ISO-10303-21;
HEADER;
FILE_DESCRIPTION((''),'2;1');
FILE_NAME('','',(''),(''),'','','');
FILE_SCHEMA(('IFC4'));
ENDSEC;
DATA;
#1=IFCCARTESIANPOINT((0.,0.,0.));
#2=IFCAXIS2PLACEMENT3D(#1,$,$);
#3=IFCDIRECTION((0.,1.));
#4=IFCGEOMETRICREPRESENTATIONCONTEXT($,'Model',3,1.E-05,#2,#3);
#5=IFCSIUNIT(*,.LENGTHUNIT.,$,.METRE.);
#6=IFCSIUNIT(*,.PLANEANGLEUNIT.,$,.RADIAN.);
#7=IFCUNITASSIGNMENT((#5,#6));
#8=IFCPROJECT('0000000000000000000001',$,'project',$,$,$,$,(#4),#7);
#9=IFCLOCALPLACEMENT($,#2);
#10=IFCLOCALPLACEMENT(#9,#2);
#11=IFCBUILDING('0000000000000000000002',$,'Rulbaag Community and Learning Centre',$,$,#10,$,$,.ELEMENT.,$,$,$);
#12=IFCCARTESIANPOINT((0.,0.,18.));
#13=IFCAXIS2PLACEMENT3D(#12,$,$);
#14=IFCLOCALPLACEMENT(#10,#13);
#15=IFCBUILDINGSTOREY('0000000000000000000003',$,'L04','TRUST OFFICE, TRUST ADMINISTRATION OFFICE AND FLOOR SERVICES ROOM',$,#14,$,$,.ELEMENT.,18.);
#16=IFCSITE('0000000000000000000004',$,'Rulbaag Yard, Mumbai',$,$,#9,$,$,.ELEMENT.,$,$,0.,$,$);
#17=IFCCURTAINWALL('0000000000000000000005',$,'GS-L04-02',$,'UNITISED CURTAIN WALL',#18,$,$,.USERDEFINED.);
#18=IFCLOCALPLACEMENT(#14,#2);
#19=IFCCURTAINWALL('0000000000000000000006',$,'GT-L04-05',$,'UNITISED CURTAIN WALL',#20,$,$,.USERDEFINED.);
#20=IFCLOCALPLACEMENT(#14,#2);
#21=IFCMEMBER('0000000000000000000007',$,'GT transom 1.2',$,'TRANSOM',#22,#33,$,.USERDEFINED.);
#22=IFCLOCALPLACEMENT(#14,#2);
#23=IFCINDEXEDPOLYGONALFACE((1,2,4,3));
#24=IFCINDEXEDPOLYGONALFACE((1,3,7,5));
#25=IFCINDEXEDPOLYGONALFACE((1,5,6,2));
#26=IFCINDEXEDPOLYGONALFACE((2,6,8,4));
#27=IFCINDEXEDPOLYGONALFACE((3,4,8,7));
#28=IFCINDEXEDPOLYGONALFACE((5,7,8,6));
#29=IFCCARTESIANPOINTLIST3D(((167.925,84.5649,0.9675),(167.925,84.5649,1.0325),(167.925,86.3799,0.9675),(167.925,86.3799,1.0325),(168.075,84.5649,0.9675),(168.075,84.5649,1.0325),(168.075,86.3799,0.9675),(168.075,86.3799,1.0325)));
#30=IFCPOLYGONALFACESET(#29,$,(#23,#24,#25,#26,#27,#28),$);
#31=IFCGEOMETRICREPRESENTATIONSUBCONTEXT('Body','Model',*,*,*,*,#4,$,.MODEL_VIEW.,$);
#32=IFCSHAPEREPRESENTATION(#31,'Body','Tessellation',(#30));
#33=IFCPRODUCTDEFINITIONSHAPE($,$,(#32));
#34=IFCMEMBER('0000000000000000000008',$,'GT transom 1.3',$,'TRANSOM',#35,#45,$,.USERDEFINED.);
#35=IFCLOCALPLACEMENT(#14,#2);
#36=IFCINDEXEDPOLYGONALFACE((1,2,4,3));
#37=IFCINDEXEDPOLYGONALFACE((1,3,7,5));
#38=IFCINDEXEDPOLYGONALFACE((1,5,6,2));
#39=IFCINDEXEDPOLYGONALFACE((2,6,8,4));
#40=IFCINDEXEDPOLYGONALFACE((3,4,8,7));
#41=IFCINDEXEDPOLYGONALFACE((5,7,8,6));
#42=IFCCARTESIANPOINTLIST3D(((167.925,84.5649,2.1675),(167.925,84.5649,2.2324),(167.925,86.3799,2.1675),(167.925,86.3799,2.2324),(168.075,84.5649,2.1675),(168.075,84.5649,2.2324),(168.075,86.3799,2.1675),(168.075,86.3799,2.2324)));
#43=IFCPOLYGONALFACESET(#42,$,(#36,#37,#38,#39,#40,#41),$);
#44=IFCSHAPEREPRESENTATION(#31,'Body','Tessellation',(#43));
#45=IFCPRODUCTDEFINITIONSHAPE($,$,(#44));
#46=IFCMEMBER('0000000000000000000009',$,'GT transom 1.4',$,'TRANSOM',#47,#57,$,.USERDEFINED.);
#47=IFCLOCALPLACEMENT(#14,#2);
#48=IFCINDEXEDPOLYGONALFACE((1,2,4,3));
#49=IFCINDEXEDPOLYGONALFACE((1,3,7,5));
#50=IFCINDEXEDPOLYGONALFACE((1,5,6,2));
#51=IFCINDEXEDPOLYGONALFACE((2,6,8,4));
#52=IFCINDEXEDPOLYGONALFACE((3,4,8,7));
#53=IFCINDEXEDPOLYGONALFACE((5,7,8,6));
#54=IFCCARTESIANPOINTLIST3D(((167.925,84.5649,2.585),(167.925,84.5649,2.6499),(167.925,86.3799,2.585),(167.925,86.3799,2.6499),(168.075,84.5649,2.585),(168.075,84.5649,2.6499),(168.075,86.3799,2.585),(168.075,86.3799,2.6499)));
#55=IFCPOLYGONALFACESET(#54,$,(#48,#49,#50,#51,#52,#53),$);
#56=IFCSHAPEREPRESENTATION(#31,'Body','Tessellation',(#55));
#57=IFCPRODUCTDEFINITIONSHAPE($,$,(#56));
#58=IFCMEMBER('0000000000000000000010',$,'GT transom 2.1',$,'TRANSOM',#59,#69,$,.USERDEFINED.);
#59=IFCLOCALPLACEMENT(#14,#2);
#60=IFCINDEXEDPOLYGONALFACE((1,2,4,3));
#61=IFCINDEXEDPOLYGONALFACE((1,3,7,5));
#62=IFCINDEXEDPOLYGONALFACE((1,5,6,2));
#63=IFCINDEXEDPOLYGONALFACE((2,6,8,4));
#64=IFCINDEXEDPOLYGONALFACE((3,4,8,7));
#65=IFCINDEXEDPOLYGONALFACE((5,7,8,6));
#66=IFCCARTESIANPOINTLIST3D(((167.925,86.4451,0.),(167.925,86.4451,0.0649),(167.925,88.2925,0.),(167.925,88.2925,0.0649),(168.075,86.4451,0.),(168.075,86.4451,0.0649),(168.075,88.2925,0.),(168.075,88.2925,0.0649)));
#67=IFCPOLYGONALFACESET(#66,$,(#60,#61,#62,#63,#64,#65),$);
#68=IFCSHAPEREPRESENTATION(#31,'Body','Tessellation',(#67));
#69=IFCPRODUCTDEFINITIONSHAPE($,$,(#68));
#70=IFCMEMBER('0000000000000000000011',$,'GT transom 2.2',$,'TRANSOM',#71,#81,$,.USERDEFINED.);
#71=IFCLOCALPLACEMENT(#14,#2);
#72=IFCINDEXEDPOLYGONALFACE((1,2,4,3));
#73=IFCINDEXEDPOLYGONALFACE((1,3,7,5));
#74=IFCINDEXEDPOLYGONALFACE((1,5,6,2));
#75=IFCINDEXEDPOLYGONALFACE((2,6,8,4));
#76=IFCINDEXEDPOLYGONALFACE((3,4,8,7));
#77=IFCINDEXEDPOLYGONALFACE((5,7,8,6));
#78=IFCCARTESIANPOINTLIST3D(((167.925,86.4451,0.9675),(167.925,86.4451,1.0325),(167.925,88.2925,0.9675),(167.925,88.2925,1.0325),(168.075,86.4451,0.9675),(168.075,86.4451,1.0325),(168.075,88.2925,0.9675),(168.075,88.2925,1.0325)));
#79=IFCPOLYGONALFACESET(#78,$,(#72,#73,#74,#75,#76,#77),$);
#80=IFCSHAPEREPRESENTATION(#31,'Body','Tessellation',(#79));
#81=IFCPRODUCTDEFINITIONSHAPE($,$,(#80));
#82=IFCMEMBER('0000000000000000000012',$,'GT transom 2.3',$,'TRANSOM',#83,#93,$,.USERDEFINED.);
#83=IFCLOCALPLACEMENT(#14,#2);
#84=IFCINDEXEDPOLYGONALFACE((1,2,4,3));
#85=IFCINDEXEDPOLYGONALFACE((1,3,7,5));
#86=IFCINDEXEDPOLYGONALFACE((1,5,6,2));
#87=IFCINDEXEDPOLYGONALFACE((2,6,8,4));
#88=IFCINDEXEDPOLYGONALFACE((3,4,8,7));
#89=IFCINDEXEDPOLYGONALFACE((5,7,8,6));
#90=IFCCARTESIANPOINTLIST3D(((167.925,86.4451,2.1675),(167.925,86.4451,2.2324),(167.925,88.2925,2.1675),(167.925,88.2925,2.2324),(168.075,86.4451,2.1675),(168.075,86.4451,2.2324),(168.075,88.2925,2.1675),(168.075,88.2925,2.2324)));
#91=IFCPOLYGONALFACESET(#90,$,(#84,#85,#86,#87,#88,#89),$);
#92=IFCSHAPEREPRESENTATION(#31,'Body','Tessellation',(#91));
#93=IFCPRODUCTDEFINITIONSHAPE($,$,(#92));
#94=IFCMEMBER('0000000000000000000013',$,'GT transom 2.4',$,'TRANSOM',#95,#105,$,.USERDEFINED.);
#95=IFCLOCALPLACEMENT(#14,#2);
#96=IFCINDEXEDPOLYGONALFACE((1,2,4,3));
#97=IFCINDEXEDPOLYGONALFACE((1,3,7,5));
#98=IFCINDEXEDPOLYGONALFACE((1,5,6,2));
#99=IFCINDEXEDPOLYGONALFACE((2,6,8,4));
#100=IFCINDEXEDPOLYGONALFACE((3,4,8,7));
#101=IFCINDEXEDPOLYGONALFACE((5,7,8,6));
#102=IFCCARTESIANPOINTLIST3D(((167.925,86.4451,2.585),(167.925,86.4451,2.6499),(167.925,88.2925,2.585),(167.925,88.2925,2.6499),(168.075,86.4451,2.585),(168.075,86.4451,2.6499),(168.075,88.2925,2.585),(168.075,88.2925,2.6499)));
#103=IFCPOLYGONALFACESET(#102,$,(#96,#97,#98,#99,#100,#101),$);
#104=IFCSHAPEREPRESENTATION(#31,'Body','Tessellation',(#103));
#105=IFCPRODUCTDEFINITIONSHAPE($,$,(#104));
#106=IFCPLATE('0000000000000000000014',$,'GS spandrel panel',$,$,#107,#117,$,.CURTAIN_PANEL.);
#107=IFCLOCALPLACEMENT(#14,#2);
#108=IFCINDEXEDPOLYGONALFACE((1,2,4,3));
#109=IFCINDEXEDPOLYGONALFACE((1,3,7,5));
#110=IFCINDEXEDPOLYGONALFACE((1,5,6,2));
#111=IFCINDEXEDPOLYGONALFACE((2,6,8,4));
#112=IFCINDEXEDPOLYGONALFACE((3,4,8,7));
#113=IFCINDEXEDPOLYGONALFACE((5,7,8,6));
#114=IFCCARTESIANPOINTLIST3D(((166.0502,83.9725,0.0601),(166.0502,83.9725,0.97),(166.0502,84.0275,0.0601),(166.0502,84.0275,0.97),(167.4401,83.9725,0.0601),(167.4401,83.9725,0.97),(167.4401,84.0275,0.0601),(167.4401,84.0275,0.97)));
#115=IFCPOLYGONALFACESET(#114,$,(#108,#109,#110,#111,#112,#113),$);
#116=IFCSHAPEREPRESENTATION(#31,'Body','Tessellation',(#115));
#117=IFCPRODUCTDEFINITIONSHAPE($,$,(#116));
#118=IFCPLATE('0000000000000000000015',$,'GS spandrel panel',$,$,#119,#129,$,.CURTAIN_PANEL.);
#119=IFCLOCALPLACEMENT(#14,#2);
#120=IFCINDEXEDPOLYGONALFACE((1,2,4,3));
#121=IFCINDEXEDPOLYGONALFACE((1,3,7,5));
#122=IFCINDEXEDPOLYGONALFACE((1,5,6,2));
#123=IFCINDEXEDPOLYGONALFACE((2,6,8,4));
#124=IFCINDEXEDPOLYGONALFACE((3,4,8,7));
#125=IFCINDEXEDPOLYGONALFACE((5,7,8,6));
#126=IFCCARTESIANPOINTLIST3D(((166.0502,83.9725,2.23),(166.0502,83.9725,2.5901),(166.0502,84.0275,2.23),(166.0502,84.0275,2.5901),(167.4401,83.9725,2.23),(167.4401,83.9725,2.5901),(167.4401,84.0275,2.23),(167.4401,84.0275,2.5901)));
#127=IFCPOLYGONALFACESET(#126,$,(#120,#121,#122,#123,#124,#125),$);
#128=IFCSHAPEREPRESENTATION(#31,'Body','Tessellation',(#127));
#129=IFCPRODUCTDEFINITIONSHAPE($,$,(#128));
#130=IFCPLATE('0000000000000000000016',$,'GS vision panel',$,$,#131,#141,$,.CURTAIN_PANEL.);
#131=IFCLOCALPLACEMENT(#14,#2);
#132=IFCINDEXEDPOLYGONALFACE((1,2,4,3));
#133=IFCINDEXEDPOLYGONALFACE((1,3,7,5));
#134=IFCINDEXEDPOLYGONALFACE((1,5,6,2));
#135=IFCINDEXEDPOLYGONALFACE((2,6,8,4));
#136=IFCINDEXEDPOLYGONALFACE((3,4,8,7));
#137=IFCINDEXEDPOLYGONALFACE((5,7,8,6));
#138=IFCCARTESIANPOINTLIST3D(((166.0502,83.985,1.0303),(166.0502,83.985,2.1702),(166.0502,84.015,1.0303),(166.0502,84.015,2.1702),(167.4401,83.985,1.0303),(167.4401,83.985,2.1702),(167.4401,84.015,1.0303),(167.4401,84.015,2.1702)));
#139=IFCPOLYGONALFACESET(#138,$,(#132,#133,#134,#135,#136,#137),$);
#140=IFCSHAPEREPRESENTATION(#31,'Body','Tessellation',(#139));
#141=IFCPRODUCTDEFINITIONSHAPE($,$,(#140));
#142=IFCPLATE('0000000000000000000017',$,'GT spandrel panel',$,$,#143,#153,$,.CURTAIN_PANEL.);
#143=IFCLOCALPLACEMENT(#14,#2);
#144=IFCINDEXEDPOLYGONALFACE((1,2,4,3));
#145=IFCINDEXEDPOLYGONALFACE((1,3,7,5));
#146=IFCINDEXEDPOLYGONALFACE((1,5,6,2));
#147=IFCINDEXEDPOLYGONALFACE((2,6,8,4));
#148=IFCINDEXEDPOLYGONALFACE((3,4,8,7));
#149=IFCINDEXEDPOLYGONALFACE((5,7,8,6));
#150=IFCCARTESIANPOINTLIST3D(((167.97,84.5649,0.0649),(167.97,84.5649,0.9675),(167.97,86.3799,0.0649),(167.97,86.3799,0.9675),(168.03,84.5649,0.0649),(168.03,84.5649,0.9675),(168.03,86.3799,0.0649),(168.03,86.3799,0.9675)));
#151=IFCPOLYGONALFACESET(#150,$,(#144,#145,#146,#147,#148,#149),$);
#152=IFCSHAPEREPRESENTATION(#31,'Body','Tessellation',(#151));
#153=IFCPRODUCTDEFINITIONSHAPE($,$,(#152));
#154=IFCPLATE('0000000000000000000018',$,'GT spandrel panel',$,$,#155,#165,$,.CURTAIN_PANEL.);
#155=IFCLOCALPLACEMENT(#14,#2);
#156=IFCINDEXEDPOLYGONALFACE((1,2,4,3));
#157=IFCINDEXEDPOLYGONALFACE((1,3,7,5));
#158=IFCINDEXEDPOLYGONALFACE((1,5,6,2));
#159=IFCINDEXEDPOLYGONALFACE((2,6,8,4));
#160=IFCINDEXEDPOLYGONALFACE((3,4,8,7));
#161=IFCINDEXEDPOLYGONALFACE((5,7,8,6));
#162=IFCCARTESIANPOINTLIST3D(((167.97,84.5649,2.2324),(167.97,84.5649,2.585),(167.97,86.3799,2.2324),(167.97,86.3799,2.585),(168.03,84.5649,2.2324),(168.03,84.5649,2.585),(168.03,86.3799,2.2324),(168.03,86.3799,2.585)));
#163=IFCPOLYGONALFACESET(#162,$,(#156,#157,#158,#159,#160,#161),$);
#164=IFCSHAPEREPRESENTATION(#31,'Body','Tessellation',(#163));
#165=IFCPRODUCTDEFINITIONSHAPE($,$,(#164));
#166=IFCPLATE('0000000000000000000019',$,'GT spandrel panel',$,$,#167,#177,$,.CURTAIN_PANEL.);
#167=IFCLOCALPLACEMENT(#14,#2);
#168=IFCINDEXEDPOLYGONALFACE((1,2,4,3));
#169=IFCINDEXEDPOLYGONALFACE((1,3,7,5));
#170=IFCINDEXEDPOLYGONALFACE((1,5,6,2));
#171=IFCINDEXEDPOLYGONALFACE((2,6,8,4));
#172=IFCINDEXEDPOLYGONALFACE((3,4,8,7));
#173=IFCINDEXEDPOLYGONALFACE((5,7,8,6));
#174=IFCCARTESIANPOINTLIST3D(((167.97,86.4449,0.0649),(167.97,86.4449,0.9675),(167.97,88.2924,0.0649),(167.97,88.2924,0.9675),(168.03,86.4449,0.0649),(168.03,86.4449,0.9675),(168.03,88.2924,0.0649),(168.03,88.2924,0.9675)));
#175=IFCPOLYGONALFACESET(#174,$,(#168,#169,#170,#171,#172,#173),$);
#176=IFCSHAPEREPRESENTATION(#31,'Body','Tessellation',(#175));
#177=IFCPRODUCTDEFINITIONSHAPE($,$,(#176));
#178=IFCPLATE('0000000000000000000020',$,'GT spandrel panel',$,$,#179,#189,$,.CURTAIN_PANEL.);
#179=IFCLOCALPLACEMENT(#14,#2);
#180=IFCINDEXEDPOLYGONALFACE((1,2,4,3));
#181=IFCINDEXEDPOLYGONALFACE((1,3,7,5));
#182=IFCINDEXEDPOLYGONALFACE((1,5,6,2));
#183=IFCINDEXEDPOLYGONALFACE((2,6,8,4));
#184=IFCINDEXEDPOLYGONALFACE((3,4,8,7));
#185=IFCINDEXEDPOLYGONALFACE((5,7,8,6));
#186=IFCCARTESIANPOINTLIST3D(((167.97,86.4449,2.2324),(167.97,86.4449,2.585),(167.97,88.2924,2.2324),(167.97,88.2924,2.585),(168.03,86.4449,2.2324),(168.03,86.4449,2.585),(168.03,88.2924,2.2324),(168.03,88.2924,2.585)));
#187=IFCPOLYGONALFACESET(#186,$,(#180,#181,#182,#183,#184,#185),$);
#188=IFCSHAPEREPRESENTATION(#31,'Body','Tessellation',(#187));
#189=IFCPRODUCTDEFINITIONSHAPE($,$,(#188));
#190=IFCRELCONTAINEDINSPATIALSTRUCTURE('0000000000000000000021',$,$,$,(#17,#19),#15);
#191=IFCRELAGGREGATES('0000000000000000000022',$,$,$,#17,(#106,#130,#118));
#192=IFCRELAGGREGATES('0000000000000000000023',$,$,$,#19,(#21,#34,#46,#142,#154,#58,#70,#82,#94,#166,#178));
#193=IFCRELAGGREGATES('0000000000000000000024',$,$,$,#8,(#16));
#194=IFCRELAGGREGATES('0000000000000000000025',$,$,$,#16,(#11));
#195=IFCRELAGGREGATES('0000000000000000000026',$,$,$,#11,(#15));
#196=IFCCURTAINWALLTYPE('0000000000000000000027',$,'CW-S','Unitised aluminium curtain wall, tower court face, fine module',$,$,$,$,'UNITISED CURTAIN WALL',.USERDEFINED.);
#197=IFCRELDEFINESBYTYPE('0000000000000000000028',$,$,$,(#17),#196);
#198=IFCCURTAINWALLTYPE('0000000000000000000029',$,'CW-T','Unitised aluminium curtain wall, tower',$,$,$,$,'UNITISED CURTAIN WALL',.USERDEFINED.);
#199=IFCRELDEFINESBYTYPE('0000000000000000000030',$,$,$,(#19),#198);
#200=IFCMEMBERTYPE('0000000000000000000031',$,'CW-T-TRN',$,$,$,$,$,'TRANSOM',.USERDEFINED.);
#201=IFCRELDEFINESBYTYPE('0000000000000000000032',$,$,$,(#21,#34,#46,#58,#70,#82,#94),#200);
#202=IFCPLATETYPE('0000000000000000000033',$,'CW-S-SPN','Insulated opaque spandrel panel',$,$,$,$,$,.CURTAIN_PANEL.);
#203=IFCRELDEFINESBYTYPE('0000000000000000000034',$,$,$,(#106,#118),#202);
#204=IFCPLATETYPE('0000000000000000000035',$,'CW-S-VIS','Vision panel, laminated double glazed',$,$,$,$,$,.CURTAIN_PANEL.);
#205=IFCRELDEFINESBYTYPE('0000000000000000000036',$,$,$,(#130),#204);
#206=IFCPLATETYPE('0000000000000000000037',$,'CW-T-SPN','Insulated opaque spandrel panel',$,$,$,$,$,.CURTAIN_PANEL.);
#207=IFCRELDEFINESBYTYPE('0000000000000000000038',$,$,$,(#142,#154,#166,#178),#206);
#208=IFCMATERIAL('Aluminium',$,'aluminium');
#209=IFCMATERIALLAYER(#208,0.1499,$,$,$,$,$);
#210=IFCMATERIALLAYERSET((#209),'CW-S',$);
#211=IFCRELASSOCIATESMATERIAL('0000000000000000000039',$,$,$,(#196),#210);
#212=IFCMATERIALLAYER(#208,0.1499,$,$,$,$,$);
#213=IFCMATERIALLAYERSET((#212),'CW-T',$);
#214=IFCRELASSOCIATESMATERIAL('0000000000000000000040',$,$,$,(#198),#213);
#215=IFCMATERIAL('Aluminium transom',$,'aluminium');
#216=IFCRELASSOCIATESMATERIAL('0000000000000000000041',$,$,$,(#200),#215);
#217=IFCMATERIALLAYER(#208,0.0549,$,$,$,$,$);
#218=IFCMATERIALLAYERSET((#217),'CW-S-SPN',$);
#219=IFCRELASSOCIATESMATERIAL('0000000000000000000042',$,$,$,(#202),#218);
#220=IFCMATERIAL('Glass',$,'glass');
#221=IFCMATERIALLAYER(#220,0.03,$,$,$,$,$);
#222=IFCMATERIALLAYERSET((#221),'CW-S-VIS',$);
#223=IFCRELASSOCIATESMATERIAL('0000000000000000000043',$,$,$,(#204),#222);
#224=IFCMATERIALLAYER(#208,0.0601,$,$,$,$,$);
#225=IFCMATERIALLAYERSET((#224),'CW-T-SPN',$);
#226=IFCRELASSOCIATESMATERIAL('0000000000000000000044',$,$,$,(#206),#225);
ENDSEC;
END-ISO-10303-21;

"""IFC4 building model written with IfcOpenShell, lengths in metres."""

from ifc_helpers import new_model, si_unit, direction, frame, origin, origin_2d, place, context, subcontext, project, spatial, rectangle, extrude, material, layer, layer_set, material_profile, profile_set, type_object, element, aggregate, save


model = new_model("IFC4")

# Units and contexts
model_context = context("Model", 3, precision=1e-05, world=origin(), true_north=direction((0.0, 1.0)))
body_context = subcontext(model_context, "Body", "Model", "MODEL_VIEW")
ifc_project = project(units=[si_unit("LENGTHUNIT", "METRE"), si_unit("PLANEANGLEUNIT", "RADIAN")], contexts=[model_context])

# Site, building, storey
site_placement = place(None, origin())
site = spatial("IfcSite", under=ifc_project, at=site_placement, Name="Rulbaag Yard, Mumbai", CompositionType="ELEMENT", RefElevation=0.0)
building_placement = place(site_placement, origin())
building = spatial("IfcBuilding", under=site, at=building_placement, Name="Rulbaag Community and Learning Centre", CompositionType="ELEMENT")
storey_placement = place(building_placement, frame((0.0, 0.0, 18.0)))
storey = spatial("IfcBuildingStorey", under=building, at=storey_placement, Name="L04", Description="TRUST OFFICE, TRUST ADMINISTRATION OFFICE AND FLOOR SERVICES ROOM", CompositionType="ELEMENT", Elevation=18.0)

# Curtain walls, members
ifc_material_1 = material(Name="Aluminium", Category="aluminium")
ifc_layer_1 = layer(ifc_material_1, 0.1499)
ifc_layer_set_1 = layer_set([ifc_layer_1], Name="CW-S")
curtain_wall_type_1 = type_object("IfcCurtainWallType", Name="CW-S", Description="Unitised aluminium curtain wall, tower court face, fine module", ElementType="UNITISED CURTAIN WALL", PredefinedType="USERDEFINED", material=ifc_layer_set_1)
curtain_wall_1_placement = place(storey_placement, origin())
curtain_wall_1 = element("IfcCurtainWall", 1, at=curtain_wall_1_placement, inside=storey, type_object=curtain_wall_type_1, Name="GS-L04-02", ObjectType="UNITISED CURTAIN WALL", PredefinedType="USERDEFINED")
ifc_material_2 = material(Name="Aluminium transom", Category="aluminium")
ifc_layer_2 = layer(ifc_material_1, 0.1499)
ifc_layer_set_2 = layer_set([ifc_layer_2], Name="CW-T")
curtain_wall_type_2 = type_object("IfcCurtainWallType", Name="CW-T", Description="Unitised aluminium curtain wall, tower", ElementType="UNITISED CURTAIN WALL", PredefinedType="USERDEFINED", material=ifc_layer_set_2)
curtain_wall_2_placement = place(storey_placement, origin())
curtain_wall_2 = element("IfcCurtainWall", 2, at=curtain_wall_2_placement, inside=storey, type_object=curtain_wall_type_2, Name="GT-L04-05", ObjectType="UNITISED CURTAIN WALL", PredefinedType="USERDEFINED")
ifc_material_profile_1 = material_profile(ifc_material_2, rectangle(XDim=0.1499, YDim=0.0649, at=origin_2d()), Name="AL 65x150 T")
ifc_profile_set_1 = profile_set([ifc_material_profile_1], Name="Aluminium transom")
member_type_1 = type_object("IfcMemberType", Name="CW-T-TRN", ElementType="TRANSOM", PredefinedType="USERDEFINED", material=ifc_profile_set_1)
member_1_placement = place(storey_placement, frame((168.0, 84.5649, 1.0), z_axis=(0.0, 1.0, 0.0), x_axis=(-1.0, 0.0, 0.0)))
member_1 = element("IfcMember", 3, at=member_1_placement, type_object=member_type_1, Name="GT transom 1.2", ObjectType="TRANSOM", PredefinedType="USERDEFINED", context=body_context, shape_type="SweptSolid", body=[
    extrude(rectangle(XDim=0.1499, YDim=0.0649, at=origin_2d()), origin(), (0.0, 0.0, 1.0), 1.8149),
])
member_2_placement = place(storey_placement, frame((168.0, 84.5649, 2.2), z_axis=(0.0, 1.0, 0.0), x_axis=(-1.0, 0.0, 0.0)))
member_2 = element("IfcMember", 4, at=member_2_placement, type_object=member_type_1, Name="GT transom 1.3", ObjectType="TRANSOM", PredefinedType="USERDEFINED", context=body_context, shape_type="SweptSolid", body=[
    extrude(rectangle(XDim=0.1499, YDim=0.0649, at=origin_2d()), origin(), (0.0, 0.0, 1.0), 1.8149),
])
member_3_placement = place(storey_placement, frame((168.0, 84.5649, 2.6174), z_axis=(0.0, 1.0, 0.0), x_axis=(-1.0, 0.0, 0.0)))
member_3 = element("IfcMember", 5, at=member_3_placement, type_object=member_type_1, Name="GT transom 1.4", ObjectType="TRANSOM", PredefinedType="USERDEFINED", context=body_context, shape_type="SweptSolid", body=[
    extrude(rectangle(XDim=0.1499, YDim=0.0649, at=origin_2d()), origin(), (0.0, 0.0, 1.0), 1.8149),
])
member_4_placement = place(storey_placement, frame((168.0, 86.4451, 0.0325), z_axis=(0.0, 1.0, 0.0), x_axis=(-1.0, 0.0, 0.0)))
member_4 = element("IfcMember", 6, at=member_4_placement, type_object=member_type_1, Name="GT transom 2.1", ObjectType="TRANSOM", PredefinedType="USERDEFINED", context=body_context, shape_type="SweptSolid", body=[
    extrude(rectangle(XDim=0.1499, YDim=0.0649, at=origin_2d()), origin(), (0.0, 0.0, 1.0), 1.8474),
])
member_5_placement = place(storey_placement, frame((168.0, 86.4451, 1.0), z_axis=(0.0, 1.0, 0.0), x_axis=(-1.0, 0.0, 0.0)))
member_5 = element("IfcMember", 7, at=member_5_placement, type_object=member_type_1, Name="GT transom 2.2", ObjectType="TRANSOM", PredefinedType="USERDEFINED", context=body_context, shape_type="SweptSolid", body=[
    extrude(rectangle(XDim=0.1499, YDim=0.0649, at=origin_2d()), origin(), (0.0, 0.0, 1.0), 1.8474),
])
member_6_placement = place(storey_placement, frame((168.0, 86.4451, 2.2), z_axis=(0.0, 1.0, 0.0), x_axis=(-1.0, 0.0, 0.0)))
member_6 = element("IfcMember", 8, at=member_6_placement, type_object=member_type_1, Name="GT transom 2.3", ObjectType="TRANSOM", PredefinedType="USERDEFINED", context=body_context, shape_type="SweptSolid", body=[
    extrude(rectangle(XDim=0.1499, YDim=0.0649, at=origin_2d()), origin(), (0.0, 0.0, 1.0), 1.8474),
])
member_7_placement = place(storey_placement, frame((168.0, 86.4451, 2.6174), z_axis=(0.0, 1.0, 0.0), x_axis=(-1.0, 0.0, 0.0)))
member_7 = element("IfcMember", 9, at=member_7_placement, type_object=member_type_1, Name="GT transom 2.4", ObjectType="TRANSOM", PredefinedType="USERDEFINED", context=body_context, shape_type="SweptSolid", body=[
    extrude(rectangle(XDim=0.1499, YDim=0.0649, at=origin_2d()), origin(), (0.0, 0.0, 1.0), 1.8474),
])

# Plates
ifc_layer_3 = layer(ifc_material_1, 0.0549)
ifc_layer_set_3 = layer_set([ifc_layer_3], Name="CW-S-SPN")
plate_type_1 = type_object("IfcPlateType", Name="CW-S-SPN", Description="Insulated opaque spandrel panel", PredefinedType="CURTAIN_PANEL", material=ifc_layer_set_3)
plate_1_placement = place(storey_placement, frame((166.7451, 84.0, 0.0601), z_axis=(0.0, 0.0, 1.0), x_axis=(1.0, 0.0, 0.0)))
plate_1 = element("IfcPlate", 10, at=plate_1_placement, type_object=plate_type_1, Name="GS spandrel panel", PredefinedType="CURTAIN_PANEL", context=body_context, shape_type="SweptSolid", body=[
    extrude(rectangle(XDim=1.3899, YDim=0.0549, at=origin_2d()), origin(), (0.0, 0.0, 1.0), 0.9099),
])
plate_2_placement = place(storey_placement, frame((166.7451, 84.0, 2.23), z_axis=(0.0, 0.0, 1.0), x_axis=(1.0, 0.0, 0.0)))
plate_2 = element("IfcPlate", 11, at=plate_2_placement, type_object=plate_type_1, Name="GS spandrel panel", PredefinedType="CURTAIN_PANEL", context=body_context, shape_type="SweptSolid", body=[
    extrude(rectangle(XDim=1.3899, YDim=0.0549, at=origin_2d()), origin(), (0.0, 0.0, 1.0), 0.3601),
])
ifc_material_3 = material(Name="Glass", Category="glass")
ifc_layer_4 = layer(ifc_material_3, 0.03)
ifc_layer_set_4 = layer_set([ifc_layer_4], Name="CW-S-VIS")
plate_type_2 = type_object("IfcPlateType", Name="CW-S-VIS", Description="Vision panel, laminated double glazed", PredefinedType="CURTAIN_PANEL", material=ifc_layer_set_4)
plate_3_placement = place(storey_placement, frame((166.7451, 84.0, 1.0303), z_axis=(0.0, 0.0, 1.0), x_axis=(1.0, 0.0, 0.0)))
plate_3 = element("IfcPlate", 12, at=plate_3_placement, type_object=plate_type_2, Name="GS vision panel", PredefinedType="CURTAIN_PANEL", context=body_context, shape_type="SweptSolid", body=[
    extrude(rectangle(XDim=1.3899, YDim=0.03, at=origin_2d()), origin(), (0.0, 0.0, 1.0), 1.1399),
])
aggregate(curtain_wall_1, [plate_1, plate_3, plate_2])
ifc_layer_5 = layer(ifc_material_1, 0.0601)
ifc_layer_set_5 = layer_set([ifc_layer_5], Name="CW-T-SPN")
plate_type_3 = type_object("IfcPlateType", Name="CW-T-SPN", Description="Insulated opaque spandrel panel", PredefinedType="CURTAIN_PANEL", material=ifc_layer_set_5)
plate_4_placement = place(storey_placement, frame((168.0, 85.4724, 0.0649), z_axis=(0.0, 0.0, 1.0), x_axis=(0.0, 1.0, 0.0)))
plate_4 = element("IfcPlate", 13, at=plate_4_placement, type_object=plate_type_3, Name="GT spandrel panel", PredefinedType="CURTAIN_PANEL", context=body_context, shape_type="SweptSolid", body=[
    extrude(rectangle(XDim=1.8149, YDim=0.0601, at=origin_2d()), origin(), (0.0, 0.0, 1.0), 0.9026),
])
plate_5_placement = place(storey_placement, frame((168.0, 85.4724, 2.2324), z_axis=(0.0, 0.0, 1.0), x_axis=(0.0, 1.0, 0.0)))
plate_5 = element("IfcPlate", 14, at=plate_5_placement, type_object=plate_type_3, Name="GT spandrel panel", PredefinedType="CURTAIN_PANEL", context=body_context, shape_type="SweptSolid", body=[
    extrude(rectangle(XDim=1.8149, YDim=0.0601, at=origin_2d()), origin(), (0.0, 0.0, 1.0), 0.3525),
])
plate_6_placement = place(storey_placement, frame((168.0, 87.3687, 0.0649), z_axis=(0.0, 0.0, 1.0), x_axis=(0.0, 1.0, 0.0)))
plate_6 = element("IfcPlate", 15, at=plate_6_placement, type_object=plate_type_3, Name="GT spandrel panel", PredefinedType="CURTAIN_PANEL", context=body_context, shape_type="SweptSolid", body=[
    extrude(rectangle(XDim=1.8474, YDim=0.0601, at=origin_2d()), origin(), (0.0, 0.0, 1.0), 0.9026),
])
plate_7_placement = place(storey_placement, frame((168.0, 87.3687, 2.2324), z_axis=(0.0, 0.0, 1.0), x_axis=(0.0, 1.0, 0.0)))
plate_7 = element("IfcPlate", 16, at=plate_7_placement, type_object=plate_type_3, Name="GT spandrel panel", PredefinedType="CURTAIN_PANEL", context=body_context, shape_type="SweptSolid", body=[
    extrude(rectangle(XDim=1.8474, YDim=0.0601, at=origin_2d()), origin(), (0.0, 0.0, 1.0), 0.3525),
])
aggregate(curtain_wall_2, [member_1, member_2, member_3, plate_4, plate_5, member_4, member_5, member_6, member_7, plate_6, plate_7])

save(model, "model.ifc")
